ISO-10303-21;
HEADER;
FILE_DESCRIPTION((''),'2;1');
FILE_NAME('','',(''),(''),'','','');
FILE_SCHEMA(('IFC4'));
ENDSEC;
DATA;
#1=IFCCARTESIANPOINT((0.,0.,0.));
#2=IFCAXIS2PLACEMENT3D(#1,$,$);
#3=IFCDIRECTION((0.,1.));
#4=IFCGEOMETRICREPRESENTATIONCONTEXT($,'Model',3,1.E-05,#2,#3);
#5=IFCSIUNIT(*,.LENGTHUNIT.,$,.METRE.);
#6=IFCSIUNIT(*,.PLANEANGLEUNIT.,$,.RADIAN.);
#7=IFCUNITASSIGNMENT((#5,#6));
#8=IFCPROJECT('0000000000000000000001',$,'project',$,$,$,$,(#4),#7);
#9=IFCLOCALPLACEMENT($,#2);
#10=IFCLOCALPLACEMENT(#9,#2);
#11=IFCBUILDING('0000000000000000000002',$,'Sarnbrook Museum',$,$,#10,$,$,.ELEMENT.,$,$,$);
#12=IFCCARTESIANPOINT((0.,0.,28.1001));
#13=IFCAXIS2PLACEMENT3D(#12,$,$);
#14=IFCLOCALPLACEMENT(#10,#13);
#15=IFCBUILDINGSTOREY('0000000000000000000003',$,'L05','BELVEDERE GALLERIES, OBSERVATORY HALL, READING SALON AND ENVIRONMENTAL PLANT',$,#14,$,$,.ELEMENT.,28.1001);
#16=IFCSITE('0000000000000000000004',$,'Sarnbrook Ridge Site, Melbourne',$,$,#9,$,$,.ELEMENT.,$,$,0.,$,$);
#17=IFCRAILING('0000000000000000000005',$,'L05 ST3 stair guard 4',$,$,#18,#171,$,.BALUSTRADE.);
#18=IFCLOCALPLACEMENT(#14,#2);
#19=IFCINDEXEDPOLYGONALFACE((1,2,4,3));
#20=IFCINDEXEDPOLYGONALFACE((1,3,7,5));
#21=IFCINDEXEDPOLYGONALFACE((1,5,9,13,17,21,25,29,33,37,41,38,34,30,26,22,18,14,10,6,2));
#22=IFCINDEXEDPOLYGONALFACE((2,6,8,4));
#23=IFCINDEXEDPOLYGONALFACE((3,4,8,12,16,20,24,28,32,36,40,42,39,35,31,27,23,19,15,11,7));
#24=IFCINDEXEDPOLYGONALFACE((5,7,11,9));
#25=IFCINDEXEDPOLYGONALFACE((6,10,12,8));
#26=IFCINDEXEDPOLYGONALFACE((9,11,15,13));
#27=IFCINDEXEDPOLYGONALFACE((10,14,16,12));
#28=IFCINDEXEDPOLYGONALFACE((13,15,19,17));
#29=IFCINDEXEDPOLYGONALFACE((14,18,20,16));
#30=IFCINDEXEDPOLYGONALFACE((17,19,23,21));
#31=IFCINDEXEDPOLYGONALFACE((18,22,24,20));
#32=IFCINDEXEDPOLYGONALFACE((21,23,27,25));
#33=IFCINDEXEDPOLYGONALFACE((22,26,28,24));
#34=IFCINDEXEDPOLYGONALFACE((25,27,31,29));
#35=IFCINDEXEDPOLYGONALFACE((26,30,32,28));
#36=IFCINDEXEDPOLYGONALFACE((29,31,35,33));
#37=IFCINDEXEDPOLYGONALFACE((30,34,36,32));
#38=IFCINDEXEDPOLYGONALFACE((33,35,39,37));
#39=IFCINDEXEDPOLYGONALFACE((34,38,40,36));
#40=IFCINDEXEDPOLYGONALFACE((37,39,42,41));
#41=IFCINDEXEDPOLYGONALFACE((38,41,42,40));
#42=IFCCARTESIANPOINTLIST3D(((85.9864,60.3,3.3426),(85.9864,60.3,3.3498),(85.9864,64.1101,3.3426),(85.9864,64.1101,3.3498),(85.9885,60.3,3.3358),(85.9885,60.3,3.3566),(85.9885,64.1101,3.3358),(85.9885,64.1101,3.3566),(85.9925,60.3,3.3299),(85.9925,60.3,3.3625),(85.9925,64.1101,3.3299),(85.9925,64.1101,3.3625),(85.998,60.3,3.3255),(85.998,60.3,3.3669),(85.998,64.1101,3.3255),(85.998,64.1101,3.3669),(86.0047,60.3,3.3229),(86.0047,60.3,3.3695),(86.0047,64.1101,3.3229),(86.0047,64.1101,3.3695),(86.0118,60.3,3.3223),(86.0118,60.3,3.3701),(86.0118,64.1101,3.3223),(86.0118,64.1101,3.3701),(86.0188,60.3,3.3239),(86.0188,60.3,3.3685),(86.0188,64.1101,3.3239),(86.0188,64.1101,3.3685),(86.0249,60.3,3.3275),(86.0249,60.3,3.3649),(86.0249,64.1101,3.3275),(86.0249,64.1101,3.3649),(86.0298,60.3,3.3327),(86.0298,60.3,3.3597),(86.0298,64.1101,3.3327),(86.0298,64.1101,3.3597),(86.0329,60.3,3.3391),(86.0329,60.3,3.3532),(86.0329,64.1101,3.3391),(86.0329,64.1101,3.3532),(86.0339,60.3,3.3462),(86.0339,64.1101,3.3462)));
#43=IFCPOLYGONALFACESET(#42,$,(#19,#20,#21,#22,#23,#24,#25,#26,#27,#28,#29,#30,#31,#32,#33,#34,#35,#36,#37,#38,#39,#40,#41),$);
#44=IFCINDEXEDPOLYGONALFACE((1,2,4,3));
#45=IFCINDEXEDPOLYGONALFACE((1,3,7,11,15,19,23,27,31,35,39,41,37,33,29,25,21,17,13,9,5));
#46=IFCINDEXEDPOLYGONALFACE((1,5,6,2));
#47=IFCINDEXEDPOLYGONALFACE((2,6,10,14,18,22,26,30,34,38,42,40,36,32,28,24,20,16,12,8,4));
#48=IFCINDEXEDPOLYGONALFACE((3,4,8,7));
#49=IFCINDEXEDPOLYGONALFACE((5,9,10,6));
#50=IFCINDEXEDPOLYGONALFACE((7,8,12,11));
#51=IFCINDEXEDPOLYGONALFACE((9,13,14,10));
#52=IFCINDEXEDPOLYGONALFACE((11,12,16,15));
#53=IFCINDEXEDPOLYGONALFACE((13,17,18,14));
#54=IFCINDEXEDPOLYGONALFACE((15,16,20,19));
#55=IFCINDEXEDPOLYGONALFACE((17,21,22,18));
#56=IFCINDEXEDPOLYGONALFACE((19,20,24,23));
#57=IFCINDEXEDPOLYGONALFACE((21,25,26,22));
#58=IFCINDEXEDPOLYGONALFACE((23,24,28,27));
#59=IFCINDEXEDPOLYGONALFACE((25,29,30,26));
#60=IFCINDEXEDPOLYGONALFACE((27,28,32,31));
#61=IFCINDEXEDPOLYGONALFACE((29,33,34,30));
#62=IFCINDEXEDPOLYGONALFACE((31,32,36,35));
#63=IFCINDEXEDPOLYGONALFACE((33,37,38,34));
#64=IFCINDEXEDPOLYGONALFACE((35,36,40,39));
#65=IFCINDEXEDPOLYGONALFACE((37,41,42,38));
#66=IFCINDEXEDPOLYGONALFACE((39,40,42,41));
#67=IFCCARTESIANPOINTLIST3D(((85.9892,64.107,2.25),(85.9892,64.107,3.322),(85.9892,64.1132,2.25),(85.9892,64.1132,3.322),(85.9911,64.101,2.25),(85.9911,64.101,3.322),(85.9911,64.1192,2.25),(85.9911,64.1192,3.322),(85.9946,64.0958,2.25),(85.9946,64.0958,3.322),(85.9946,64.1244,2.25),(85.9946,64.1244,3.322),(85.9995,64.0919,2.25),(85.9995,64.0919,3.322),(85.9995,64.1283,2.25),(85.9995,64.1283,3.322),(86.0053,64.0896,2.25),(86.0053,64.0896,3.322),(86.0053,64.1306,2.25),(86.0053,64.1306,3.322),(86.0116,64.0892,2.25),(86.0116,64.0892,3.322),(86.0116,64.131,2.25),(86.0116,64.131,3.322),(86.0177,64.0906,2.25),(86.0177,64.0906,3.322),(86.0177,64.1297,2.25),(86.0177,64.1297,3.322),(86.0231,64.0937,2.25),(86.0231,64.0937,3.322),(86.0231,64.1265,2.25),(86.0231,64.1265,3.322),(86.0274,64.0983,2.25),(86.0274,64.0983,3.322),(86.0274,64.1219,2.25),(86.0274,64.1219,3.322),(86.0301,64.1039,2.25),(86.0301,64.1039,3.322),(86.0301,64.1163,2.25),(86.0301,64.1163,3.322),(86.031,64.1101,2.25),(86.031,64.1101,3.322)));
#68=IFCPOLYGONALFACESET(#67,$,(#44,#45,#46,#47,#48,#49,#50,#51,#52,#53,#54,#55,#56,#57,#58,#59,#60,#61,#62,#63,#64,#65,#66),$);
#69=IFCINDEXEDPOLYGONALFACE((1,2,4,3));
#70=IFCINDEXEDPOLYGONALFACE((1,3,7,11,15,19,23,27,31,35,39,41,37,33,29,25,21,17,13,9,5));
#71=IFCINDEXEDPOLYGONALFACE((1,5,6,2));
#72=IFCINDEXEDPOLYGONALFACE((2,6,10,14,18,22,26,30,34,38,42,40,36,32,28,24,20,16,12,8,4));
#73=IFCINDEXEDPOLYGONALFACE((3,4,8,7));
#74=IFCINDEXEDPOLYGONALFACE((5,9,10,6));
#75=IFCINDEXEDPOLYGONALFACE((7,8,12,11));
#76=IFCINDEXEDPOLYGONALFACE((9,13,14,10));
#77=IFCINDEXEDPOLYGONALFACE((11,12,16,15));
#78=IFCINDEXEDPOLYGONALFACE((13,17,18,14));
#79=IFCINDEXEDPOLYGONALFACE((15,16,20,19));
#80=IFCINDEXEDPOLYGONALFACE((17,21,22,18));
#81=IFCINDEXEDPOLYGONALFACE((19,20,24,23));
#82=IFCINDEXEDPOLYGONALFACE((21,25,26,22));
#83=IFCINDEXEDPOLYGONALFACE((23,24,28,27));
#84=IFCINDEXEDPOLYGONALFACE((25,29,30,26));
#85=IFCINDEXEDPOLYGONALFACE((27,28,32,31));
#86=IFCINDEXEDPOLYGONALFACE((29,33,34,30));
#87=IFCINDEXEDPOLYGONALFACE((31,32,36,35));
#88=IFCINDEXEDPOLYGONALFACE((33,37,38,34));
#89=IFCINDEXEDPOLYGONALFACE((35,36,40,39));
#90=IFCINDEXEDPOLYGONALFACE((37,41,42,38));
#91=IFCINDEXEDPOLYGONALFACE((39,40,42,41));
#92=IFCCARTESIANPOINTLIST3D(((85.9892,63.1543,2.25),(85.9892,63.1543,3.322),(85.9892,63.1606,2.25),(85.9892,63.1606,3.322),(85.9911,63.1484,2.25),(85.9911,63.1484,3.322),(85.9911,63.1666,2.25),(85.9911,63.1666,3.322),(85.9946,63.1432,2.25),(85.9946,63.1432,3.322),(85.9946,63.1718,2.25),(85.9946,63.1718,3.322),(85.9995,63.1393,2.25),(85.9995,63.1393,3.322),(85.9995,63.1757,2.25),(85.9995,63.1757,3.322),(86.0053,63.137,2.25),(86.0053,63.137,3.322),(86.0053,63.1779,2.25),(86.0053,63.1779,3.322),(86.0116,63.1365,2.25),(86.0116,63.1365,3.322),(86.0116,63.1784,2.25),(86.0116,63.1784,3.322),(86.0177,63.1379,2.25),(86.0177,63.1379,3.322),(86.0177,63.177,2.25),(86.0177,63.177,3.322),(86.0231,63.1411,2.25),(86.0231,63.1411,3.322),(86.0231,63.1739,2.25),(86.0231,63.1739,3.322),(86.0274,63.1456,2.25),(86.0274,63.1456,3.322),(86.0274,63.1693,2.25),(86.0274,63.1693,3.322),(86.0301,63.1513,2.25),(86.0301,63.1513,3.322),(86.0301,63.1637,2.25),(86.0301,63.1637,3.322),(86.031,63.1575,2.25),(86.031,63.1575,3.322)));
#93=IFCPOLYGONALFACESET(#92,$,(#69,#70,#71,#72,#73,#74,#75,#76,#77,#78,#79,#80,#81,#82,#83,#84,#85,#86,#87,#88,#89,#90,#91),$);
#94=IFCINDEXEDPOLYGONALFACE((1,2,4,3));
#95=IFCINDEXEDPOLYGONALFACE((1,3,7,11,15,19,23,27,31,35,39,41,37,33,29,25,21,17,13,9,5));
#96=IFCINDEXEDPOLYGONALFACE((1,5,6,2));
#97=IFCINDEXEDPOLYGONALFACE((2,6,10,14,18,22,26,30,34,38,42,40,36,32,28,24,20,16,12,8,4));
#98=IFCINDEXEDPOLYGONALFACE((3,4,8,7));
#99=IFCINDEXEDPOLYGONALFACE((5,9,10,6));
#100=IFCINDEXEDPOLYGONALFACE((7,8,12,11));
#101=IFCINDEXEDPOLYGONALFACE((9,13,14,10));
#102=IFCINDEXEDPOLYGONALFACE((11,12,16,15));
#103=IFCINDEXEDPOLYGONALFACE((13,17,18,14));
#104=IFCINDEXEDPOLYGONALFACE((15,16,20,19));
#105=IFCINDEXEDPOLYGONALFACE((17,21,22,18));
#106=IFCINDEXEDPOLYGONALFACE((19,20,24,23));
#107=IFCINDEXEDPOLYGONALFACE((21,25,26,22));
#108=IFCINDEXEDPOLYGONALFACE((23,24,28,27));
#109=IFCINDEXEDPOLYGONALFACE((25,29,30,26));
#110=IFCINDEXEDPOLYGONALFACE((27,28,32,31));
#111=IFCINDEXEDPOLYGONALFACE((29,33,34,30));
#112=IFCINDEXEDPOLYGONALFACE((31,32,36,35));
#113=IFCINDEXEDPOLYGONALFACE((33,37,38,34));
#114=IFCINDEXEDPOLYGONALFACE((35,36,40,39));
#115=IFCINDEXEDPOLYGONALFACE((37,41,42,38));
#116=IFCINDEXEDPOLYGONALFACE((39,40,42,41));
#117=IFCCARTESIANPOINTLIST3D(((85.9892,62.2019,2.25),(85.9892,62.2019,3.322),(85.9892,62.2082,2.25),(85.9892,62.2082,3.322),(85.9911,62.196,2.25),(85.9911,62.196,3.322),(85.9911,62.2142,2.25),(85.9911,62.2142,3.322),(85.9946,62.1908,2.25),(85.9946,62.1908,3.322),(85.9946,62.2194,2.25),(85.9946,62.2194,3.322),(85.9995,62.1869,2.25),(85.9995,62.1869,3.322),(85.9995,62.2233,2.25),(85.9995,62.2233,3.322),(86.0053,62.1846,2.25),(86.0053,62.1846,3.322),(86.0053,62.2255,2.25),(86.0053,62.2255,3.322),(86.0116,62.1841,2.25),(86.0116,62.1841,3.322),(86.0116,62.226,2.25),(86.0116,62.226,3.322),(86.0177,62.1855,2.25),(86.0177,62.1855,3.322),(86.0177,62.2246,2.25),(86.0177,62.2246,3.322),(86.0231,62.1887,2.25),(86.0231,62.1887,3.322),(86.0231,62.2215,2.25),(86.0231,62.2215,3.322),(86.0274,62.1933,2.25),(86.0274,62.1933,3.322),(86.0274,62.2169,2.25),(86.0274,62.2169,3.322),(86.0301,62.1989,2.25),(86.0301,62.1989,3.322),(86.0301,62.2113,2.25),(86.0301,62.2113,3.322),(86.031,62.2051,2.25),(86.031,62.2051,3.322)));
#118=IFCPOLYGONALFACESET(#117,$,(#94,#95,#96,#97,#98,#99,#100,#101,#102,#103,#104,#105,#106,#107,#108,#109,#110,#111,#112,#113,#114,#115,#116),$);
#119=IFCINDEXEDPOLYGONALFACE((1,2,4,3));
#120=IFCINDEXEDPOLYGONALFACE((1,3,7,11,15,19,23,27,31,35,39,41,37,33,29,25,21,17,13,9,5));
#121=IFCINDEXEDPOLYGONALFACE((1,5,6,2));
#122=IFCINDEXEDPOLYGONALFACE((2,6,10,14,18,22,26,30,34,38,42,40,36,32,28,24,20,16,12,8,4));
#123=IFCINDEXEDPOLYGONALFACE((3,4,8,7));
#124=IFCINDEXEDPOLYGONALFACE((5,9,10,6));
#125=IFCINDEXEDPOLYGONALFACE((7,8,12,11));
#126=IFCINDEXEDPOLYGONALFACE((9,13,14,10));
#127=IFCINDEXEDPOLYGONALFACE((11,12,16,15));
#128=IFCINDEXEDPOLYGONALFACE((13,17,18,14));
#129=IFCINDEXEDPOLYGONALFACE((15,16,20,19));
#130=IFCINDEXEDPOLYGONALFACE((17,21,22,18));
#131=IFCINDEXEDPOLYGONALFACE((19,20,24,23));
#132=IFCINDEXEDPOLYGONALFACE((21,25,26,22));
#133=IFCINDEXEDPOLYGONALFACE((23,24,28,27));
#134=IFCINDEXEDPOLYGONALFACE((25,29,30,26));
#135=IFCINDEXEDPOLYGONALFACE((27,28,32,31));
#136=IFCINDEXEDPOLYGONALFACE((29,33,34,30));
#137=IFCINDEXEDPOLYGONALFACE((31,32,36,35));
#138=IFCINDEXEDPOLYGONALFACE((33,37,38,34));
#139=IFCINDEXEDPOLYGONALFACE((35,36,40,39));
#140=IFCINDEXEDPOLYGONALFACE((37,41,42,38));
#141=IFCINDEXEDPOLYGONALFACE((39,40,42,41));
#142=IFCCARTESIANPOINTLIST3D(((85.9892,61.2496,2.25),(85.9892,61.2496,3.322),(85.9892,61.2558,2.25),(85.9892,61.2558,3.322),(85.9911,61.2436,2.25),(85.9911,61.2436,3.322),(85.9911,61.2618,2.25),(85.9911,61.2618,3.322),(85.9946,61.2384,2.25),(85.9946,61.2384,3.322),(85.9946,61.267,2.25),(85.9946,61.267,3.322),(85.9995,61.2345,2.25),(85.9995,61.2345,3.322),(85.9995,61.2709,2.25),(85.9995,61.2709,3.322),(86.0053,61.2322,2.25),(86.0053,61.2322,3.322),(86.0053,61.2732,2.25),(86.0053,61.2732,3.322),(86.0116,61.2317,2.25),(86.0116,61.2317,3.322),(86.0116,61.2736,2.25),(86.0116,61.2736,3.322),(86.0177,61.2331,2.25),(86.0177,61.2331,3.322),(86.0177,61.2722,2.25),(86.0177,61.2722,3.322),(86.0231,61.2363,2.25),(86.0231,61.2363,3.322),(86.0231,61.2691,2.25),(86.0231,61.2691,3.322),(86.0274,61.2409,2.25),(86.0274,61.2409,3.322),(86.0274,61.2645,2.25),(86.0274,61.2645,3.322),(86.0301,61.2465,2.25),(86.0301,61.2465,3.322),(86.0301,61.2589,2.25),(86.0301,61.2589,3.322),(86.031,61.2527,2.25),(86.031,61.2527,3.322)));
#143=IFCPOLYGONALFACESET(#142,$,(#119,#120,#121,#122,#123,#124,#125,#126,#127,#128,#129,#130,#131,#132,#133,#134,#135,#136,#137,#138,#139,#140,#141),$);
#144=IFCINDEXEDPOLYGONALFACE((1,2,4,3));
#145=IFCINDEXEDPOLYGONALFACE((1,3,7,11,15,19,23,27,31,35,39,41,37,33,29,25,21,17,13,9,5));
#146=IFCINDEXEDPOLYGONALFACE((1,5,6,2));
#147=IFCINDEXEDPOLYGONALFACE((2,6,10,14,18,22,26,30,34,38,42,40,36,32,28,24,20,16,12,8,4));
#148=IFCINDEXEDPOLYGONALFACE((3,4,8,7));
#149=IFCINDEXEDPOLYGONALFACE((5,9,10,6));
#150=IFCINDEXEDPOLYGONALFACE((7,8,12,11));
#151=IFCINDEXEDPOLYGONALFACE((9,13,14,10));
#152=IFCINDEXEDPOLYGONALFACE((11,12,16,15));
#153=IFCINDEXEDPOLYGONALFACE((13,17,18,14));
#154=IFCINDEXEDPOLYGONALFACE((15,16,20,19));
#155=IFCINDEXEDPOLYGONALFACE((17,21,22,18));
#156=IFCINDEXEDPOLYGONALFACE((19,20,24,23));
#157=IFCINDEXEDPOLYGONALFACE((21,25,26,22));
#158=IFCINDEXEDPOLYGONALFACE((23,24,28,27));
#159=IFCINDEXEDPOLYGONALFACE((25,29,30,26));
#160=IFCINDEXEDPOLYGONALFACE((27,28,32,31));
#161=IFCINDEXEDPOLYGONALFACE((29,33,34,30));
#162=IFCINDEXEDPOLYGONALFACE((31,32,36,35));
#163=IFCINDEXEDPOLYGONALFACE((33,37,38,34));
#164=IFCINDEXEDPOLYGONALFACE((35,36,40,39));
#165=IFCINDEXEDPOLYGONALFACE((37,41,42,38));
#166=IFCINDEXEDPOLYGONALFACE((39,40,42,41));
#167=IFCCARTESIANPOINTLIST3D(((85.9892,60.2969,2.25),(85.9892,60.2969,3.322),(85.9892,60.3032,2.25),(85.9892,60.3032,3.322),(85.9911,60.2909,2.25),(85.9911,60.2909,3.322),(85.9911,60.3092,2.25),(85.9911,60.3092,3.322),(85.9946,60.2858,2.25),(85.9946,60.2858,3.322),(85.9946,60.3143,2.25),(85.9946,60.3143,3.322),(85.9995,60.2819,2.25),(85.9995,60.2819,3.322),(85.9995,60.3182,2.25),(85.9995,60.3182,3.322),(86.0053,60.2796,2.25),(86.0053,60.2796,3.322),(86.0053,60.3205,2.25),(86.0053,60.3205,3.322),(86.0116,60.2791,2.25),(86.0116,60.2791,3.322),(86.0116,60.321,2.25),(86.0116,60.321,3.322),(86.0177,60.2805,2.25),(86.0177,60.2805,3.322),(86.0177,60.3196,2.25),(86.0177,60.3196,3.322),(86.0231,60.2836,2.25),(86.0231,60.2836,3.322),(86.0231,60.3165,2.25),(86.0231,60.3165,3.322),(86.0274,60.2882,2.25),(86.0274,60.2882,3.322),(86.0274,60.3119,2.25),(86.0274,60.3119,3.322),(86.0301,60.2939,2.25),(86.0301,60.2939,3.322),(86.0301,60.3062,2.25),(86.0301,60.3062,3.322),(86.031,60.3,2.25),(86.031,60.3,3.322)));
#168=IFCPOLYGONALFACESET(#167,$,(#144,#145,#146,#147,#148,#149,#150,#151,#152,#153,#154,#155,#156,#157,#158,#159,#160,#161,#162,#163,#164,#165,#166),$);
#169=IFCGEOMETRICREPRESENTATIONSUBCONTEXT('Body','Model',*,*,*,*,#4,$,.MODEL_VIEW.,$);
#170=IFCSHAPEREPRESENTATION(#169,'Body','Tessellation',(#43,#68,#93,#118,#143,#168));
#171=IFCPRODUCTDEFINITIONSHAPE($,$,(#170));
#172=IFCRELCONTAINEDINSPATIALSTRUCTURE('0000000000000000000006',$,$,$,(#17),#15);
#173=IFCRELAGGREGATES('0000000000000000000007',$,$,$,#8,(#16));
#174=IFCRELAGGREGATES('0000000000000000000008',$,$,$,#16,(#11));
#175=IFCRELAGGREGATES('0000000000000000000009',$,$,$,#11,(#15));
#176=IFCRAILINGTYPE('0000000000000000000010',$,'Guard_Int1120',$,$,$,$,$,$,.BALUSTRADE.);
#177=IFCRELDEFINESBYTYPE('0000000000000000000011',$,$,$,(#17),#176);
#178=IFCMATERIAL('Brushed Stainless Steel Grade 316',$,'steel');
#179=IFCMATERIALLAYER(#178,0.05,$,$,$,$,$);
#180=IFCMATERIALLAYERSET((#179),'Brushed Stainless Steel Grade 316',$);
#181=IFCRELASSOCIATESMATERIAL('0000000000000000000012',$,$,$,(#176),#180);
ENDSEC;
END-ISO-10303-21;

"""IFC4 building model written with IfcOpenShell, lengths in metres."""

from ifc_helpers import new_model, si_unit, direction, frame, origin, origin_2d, place, context, subcontext, project, spatial, circle, extrude, material, layer, layer_set, type_object, element, save


model = new_model("IFC4")

# Units and contexts
model_context = context("Model", 3, precision=1e-05, world=origin(), true_north=direction((0.0, 1.0)))
body_context = subcontext(model_context, "Body", "Model", "MODEL_VIEW")
ifc_project = project(units=[si_unit("LENGTHUNIT", "METRE"), si_unit("PLANEANGLEUNIT", "RADIAN")], contexts=[model_context])

# Site, building, storey
site_placement = place(None, origin())
site = spatial("IfcSite", under=ifc_project, at=site_placement, Name="Sarnbrook Ridge Site, Melbourne", CompositionType="ELEMENT", RefElevation=0.0)
building_placement = place(site_placement, origin())
building = spatial("IfcBuilding", under=site, at=building_placement, Name="Sarnbrook Museum", CompositionType="ELEMENT")
storey_placement = place(building_placement, frame((0.0, 0.0, 28.1001)))
storey = spatial("IfcBuildingStorey", under=building, at=storey_placement, Name="L05", Description="BELVEDERE GALLERIES, OBSERVATORY HALL, READING SALON AND ENVIRONMENTAL PLANT", CompositionType="ELEMENT", Elevation=28.1001)

# Shared definitions
ifc_material_1 = material(Name="Brushed Stainless Steel Grade 316", Category="steel")

# Railing
ifc_layer_1 = layer(ifc_material_1, 0.05)
ifc_layer_set_1 = layer_set([ifc_layer_1], Name="Brushed Stainless Steel Grade 316")
railing_type_1 = type_object("IfcRailingType", Name="Guard_Int1120", PredefinedType="BALUSTRADE", material=ifc_layer_set_1)
for number, where, name in (
    (1, (86.01, 64.1101, 2.25), "L05 ST3 stair guard 4"),
):
    element("IfcRailing", number, at=place(storey_placement, frame(where)), inside=storey, type_object=railing_type_1, Name=name, PredefinedType="BALUSTRADE", context=body_context, shape_type="SweptSolid", body=[
        extrude(circle(Radius=0.0239, at=origin_2d()), frame((0.0, 0.0, 1.0962), z_axis=(0.0, -1.0, 0.0), x_axis=(1.0, 0.0, 0.0)), (0.0, 0.0, 1.0), 3.8101),
        extrude(circle(Radius=0.021, at=origin_2d()), origin(), (0.0, 0.0, 1.0), 1.072),
        extrude(circle(Radius=0.021, at=origin_2d()), frame((0.0, -0.9526, 0.0)), (0.0, 0.0, 1.0), 1.072),
        extrude(circle(Radius=0.021, at=origin_2d()), frame((0.0, -1.905, 0.0)), (0.0, 0.0, 1.0), 1.072),
        extrude(circle(Radius=0.021, at=origin_2d()), frame((0.0, -2.8574, 0.0)), (0.0, 0.0, 1.0), 1.072),
        extrude(circle(Radius=0.021, at=origin_2d()), frame((0.0, -3.8101, 0.0)), (0.0, 0.0, 1.0), 1.072),
    ])

save(model, "model.ifc")
